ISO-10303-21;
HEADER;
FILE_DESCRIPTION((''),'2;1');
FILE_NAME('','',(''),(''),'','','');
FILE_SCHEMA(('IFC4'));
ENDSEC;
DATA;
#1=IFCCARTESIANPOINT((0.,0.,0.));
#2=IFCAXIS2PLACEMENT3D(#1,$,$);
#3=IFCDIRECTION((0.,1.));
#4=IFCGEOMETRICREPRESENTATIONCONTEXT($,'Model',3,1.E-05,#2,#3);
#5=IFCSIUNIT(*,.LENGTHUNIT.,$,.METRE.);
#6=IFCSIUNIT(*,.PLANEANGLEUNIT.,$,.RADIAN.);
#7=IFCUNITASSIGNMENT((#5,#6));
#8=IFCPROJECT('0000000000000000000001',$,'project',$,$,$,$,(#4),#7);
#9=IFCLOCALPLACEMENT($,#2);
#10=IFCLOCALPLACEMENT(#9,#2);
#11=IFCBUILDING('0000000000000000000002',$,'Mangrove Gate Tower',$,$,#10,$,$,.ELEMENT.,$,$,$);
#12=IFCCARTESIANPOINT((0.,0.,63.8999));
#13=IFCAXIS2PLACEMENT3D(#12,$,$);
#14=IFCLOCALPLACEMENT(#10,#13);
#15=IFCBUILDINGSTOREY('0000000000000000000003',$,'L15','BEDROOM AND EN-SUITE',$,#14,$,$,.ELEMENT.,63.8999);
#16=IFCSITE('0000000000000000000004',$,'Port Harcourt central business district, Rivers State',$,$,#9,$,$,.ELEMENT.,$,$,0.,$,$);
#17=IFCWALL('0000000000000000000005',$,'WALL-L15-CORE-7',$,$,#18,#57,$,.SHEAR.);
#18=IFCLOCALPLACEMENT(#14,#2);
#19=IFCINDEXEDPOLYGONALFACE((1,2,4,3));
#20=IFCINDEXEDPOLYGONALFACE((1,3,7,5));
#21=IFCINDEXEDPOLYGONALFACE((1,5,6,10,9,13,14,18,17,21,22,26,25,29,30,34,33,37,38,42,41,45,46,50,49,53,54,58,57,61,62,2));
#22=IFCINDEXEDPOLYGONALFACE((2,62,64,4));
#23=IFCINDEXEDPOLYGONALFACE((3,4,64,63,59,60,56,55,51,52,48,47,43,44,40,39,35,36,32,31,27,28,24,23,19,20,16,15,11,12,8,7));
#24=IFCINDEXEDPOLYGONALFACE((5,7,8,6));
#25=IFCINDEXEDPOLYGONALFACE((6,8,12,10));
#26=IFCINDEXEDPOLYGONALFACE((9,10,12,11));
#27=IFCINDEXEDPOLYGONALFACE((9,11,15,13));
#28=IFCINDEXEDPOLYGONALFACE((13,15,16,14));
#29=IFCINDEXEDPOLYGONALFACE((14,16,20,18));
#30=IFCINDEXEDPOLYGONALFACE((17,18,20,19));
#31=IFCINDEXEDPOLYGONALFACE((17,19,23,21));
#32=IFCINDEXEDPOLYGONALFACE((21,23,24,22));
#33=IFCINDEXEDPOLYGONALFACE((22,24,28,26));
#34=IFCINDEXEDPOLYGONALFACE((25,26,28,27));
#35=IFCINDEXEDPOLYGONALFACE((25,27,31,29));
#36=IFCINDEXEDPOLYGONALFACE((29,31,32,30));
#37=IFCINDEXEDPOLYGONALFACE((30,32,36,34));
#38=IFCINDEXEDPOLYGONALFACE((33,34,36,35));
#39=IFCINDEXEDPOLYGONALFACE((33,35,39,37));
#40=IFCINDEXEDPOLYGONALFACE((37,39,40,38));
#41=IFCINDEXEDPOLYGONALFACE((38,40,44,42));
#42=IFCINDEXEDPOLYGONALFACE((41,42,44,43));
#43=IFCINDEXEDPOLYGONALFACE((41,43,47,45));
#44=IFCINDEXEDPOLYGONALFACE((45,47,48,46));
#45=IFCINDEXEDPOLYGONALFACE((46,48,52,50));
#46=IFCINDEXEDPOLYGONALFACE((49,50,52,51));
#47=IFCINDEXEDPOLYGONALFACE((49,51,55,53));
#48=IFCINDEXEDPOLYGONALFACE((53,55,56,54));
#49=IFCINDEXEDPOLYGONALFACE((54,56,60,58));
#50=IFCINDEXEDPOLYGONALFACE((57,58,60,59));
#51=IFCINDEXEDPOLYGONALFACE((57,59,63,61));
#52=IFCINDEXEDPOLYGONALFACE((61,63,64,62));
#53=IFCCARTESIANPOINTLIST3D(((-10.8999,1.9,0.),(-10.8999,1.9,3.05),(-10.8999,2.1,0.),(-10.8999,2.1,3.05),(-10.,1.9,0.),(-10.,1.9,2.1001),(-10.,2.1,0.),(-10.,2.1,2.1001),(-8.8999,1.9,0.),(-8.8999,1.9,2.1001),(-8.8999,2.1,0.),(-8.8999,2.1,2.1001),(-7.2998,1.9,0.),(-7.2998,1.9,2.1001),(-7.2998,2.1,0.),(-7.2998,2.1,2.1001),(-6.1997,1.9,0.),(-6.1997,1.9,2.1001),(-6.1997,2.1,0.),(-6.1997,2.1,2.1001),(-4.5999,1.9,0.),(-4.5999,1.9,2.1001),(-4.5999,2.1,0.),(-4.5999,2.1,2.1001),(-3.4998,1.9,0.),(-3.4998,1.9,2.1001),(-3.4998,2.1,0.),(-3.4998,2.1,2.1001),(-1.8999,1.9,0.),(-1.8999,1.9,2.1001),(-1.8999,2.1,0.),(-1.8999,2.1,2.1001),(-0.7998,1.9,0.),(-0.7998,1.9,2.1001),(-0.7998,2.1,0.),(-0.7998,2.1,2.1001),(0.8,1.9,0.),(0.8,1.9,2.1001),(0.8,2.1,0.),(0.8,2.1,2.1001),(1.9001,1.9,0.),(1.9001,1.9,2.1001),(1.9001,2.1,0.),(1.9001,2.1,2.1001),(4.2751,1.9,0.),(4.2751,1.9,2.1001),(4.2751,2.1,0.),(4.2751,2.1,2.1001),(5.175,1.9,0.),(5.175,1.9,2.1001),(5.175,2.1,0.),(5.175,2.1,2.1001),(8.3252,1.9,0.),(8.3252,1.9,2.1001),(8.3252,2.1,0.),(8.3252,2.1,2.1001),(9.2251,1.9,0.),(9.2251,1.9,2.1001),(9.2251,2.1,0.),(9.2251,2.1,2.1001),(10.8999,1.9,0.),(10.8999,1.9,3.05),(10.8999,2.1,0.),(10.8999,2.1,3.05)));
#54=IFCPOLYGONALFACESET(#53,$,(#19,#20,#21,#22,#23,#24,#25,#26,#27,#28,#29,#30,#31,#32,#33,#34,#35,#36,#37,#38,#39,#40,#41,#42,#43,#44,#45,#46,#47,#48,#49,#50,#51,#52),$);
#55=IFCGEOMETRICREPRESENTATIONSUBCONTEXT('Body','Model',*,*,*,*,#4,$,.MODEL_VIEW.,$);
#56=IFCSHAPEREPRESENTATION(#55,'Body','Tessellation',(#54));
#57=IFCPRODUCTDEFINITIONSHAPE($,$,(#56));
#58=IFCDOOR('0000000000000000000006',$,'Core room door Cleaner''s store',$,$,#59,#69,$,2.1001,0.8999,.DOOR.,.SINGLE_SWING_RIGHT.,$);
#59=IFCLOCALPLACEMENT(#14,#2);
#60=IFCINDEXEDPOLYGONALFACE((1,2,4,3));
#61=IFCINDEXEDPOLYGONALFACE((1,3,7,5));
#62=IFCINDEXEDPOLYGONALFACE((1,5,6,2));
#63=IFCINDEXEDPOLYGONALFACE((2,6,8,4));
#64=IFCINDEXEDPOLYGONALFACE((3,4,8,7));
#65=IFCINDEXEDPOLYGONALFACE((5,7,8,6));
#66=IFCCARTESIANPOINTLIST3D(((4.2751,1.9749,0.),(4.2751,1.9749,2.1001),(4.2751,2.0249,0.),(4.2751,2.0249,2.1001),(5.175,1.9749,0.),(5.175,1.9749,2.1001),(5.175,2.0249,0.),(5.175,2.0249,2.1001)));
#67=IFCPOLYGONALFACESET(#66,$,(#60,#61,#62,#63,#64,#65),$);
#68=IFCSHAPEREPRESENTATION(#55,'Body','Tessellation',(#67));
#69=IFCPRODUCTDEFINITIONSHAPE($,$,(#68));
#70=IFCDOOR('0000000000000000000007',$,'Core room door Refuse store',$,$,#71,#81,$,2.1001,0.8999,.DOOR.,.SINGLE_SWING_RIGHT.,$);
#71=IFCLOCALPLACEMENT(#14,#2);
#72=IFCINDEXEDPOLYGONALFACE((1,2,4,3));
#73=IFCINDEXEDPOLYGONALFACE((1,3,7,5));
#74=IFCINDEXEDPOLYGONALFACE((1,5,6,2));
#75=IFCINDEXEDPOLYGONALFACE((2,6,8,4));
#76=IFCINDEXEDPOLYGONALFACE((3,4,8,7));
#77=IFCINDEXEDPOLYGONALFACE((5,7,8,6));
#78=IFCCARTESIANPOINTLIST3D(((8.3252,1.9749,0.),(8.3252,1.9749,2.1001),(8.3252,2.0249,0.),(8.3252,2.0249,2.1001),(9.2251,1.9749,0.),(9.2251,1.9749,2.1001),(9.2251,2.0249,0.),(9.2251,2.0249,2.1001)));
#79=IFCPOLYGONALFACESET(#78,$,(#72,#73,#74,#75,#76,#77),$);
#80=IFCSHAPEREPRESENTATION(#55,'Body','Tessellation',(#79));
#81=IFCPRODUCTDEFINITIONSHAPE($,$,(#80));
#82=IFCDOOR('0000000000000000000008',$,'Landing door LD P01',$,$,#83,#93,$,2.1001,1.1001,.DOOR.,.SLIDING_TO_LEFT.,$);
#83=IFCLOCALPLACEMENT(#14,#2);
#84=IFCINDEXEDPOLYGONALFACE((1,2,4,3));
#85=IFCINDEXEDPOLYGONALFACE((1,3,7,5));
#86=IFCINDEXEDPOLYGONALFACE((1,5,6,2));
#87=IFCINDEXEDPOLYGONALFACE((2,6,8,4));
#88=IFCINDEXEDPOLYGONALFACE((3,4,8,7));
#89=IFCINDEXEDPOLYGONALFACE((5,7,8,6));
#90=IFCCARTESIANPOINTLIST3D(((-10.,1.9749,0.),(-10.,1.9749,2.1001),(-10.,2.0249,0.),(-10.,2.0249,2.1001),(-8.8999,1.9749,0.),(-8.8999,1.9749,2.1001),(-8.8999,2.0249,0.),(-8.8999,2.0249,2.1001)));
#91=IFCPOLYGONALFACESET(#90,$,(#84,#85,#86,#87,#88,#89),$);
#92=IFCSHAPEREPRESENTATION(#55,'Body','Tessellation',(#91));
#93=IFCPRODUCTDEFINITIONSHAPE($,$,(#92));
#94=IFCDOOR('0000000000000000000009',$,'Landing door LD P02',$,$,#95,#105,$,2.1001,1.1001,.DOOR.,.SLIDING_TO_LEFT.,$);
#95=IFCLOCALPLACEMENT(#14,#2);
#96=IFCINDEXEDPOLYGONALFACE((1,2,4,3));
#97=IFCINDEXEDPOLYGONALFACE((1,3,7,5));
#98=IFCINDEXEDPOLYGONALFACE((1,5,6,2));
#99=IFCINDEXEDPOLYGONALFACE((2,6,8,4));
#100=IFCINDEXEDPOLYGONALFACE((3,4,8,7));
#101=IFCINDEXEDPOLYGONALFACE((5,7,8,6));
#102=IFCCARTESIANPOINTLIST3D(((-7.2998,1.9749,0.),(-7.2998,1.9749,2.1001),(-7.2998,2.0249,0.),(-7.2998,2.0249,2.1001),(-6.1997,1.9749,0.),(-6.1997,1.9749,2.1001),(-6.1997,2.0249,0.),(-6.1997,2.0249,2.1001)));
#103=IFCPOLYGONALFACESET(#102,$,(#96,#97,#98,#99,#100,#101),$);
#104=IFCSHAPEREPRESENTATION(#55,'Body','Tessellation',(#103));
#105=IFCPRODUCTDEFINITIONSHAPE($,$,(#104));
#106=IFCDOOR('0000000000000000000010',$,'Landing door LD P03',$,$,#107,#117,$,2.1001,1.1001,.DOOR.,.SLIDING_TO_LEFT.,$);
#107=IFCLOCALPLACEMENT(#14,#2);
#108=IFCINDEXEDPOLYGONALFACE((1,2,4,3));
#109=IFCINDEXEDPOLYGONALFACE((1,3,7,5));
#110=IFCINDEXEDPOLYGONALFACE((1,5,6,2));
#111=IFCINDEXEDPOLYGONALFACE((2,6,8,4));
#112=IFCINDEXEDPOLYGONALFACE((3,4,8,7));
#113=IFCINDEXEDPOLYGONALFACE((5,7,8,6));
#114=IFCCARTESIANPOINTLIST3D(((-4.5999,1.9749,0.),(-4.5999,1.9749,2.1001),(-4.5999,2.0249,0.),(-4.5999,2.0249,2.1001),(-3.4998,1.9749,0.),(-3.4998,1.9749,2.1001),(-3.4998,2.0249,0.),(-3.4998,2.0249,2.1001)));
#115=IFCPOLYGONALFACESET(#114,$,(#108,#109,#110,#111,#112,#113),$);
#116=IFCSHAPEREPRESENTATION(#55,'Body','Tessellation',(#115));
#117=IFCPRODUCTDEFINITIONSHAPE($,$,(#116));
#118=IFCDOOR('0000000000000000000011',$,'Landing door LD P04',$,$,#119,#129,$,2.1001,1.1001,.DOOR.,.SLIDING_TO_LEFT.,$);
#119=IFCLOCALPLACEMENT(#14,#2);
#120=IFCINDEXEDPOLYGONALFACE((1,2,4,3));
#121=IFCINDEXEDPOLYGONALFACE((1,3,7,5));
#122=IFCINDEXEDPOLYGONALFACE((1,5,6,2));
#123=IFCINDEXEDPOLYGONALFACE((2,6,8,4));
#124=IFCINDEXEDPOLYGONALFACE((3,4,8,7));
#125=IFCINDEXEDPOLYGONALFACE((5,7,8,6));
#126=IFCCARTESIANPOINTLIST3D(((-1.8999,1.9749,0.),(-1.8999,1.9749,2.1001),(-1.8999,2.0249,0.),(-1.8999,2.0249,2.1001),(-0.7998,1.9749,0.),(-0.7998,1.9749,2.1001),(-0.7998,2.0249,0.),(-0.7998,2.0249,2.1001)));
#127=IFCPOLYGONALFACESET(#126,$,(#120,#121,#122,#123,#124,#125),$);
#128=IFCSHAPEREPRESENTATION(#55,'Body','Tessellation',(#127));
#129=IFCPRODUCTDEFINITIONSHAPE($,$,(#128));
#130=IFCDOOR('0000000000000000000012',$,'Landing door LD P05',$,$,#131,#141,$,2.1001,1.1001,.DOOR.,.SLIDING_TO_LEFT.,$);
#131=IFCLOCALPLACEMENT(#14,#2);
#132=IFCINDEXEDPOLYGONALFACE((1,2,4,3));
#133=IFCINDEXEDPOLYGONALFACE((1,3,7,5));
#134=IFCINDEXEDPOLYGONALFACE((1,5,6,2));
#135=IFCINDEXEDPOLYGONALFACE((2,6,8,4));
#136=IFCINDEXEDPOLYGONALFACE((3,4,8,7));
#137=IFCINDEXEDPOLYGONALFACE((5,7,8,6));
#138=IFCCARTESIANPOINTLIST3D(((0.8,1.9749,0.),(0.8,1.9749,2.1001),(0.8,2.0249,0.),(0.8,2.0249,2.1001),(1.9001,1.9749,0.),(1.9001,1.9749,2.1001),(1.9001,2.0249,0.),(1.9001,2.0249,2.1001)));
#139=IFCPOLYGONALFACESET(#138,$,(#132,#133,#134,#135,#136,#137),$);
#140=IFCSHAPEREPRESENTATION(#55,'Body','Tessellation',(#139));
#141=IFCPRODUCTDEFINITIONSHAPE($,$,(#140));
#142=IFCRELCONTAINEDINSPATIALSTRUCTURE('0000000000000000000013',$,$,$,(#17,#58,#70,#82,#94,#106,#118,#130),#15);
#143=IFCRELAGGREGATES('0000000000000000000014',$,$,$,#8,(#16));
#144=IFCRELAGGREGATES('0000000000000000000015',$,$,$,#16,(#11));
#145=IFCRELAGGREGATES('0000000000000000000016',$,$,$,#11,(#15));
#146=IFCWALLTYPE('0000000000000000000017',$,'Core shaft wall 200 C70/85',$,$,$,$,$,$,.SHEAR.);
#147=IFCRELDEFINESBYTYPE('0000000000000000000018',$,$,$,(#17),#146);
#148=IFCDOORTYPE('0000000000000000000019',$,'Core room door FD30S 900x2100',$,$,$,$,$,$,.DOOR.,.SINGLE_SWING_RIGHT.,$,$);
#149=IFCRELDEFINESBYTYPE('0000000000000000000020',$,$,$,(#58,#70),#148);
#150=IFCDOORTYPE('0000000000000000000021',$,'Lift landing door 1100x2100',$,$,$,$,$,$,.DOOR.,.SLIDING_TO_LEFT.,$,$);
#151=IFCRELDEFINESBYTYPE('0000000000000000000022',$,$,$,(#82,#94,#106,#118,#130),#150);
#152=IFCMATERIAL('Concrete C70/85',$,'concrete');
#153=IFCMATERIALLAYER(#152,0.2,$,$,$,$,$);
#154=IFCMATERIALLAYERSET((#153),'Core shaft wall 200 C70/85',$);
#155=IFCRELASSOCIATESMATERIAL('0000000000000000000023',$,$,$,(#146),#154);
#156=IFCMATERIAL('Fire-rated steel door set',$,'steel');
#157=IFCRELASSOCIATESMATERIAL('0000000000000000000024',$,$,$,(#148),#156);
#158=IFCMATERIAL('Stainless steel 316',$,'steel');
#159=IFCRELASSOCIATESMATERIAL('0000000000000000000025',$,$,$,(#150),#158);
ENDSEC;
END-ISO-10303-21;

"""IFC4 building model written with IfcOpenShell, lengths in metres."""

from ifc_helpers import new_model, si_unit, direction, frame, frame_2d, origin, place, context, subcontext, project, spatial, rectangle, extrude, material, layer, layer_set, type_object, element, fill, save


model = new_model("IFC4")

# Units and contexts
model_context = context("Model", 3, precision=1e-05, world=origin(), true_north=direction((0.0, 1.0)))
body_context = subcontext(model_context, "Body", "Model", "MODEL_VIEW")
ifc_project = project(units=[si_unit("LENGTHUNIT", "METRE"), si_unit("PLANEANGLEUNIT", "RADIAN")], contexts=[model_context])

# Site, building, storey
site_placement = place(None, origin())
site = spatial("IfcSite", under=ifc_project, at=site_placement, Name="Port Harcourt central business district, Rivers State", CompositionType="ELEMENT", RefElevation=0.0)
building_placement = place(site_placement, origin())
building = spatial("IfcBuilding", under=site, at=building_placement, Name="Mangrove Gate Tower", CompositionType="ELEMENT")
storey_placement = place(building_placement, frame((0.0, 0.0, 63.8999)))
storey = spatial("IfcBuildingStorey", under=building, at=storey_placement, Name="L15", Description="BEDROOM AND EN-SUITE", CompositionType="ELEMENT", Elevation=63.8999)

# Wall, openings, doors
ifc_material_1 = material(Name="Concrete C70/85", Category="concrete")
ifc_layer_1 = layer(ifc_material_1, 0.2)
ifc_layer_set_1 = layer_set([ifc_layer_1], Name="Core shaft wall 200 C70/85")
wall_type_1 = type_object("IfcWallType", Name="Core shaft wall 200 C70/85", PredefinedType="SHEAR", material=ifc_layer_set_1)
wall_1_placement = place(storey_placement, frame((-10.8999, 2.0, 0.0), z_axis=(0.0, 0.0, 1.0), x_axis=(1.0, 0.0, 0.0)))
wall_1 = element("IfcWall", 1, at=wall_1_placement, inside=storey, type_object=wall_type_1, Name="WALL-L15-CORE-7", PredefinedType="SHEAR", context=body_context, shape_type="SweptSolid", body=[
    extrude(rectangle(XDim=21.7998, YDim=0.2, at=frame_2d((10.8999, 0.0))), origin(), (0.0, 0.0, 1.0), 3.05),
])
opening_1_placement = place(wall_1_placement, frame((0.8999, 0.0, 0.0)))
opening_1 = element("IfcOpeningElement", 2, at=opening_1_placement, cuts=wall_1, PredefinedType="OPENING", context=body_context, shape_type="SweptSolid", body=[
    extrude(rectangle(XDim=1.1001, YDim=2.1001, at=frame_2d((0.55, 1.05))), frame((0.0, 0.1099, 0.0), z_axis=(0.0, -1.0, 0.0), x_axis=(1.0, 0.0, 0.0)), (0.0, 0.0, 1.0), 0.22),
])
opening_2_placement = place(wall_1_placement, frame((3.6001, 0.0, 0.0)))
opening_2 = element("IfcOpeningElement", 3, at=opening_2_placement, cuts=wall_1, PredefinedType="OPENING", context=body_context, shape_type="SweptSolid", body=[
    extrude(rectangle(XDim=1.1001, YDim=2.1001, at=frame_2d((0.55, 1.05))), frame((0.0, 0.1099, 0.0), z_axis=(0.0, -1.0, 0.0), x_axis=(1.0, 0.0, 0.0)), (0.0, 0.0, 1.0), 0.22),
])
opening_3_placement = place(wall_1_placement, frame((6.3, 0.0, 0.0)))
opening_3 = element("IfcOpeningElement", 4, at=opening_3_placement, cuts=wall_1, PredefinedType="OPENING", context=body_context, shape_type="SweptSolid", body=[
    extrude(rectangle(XDim=1.1001, YDim=2.1001, at=frame_2d((0.55, 1.05))), frame((0.0, 0.1099, 0.0), z_axis=(0.0, -1.0, 0.0), x_axis=(1.0, 0.0, 0.0)), (0.0, 0.0, 1.0), 0.22),
])
opening_4_placement = place(wall_1_placement, frame((9.0, 0.0, 0.0)))
opening_4 = element("IfcOpeningElement", 5, at=opening_4_placement, cuts=wall_1, PredefinedType="OPENING", context=body_context, shape_type="SweptSolid", body=[
    extrude(rectangle(XDim=1.1001, YDim=2.1001, at=frame_2d((0.55, 1.05))), frame((0.0, 0.1099, 0.0), z_axis=(0.0, -1.0, 0.0), x_axis=(1.0, 0.0, 0.0)), (0.0, 0.0, 1.0), 0.22),
])
opening_5_placement = place(wall_1_placement, frame((11.7, 0.0, 0.0)))
opening_5 = element("IfcOpeningElement", 6, at=opening_5_placement, cuts=wall_1, PredefinedType="OPENING", context=body_context, shape_type="SweptSolid", body=[
    extrude(rectangle(XDim=1.1001, YDim=2.1001, at=frame_2d((0.55, 1.05))), frame((0.0, 0.1099, 0.0), z_axis=(0.0, -1.0, 0.0), x_axis=(1.0, 0.0, 0.0)), (0.0, 0.0, 1.0), 0.22),
])
opening_6_placement = place(wall_1_placement, frame((15.175, 0.0, 0.0)))
opening_6 = element("IfcOpeningElement", 7, at=opening_6_placement, cuts=wall_1, PredefinedType="OPENING", context=body_context, shape_type="SweptSolid", body=[
    extrude(rectangle(XDim=0.8999, YDim=2.1001, at=frame_2d((0.45, 1.05))), frame((0.0, 0.1099, 0.0), z_axis=(0.0, -1.0, 0.0), x_axis=(1.0, 0.0, 0.0)), (0.0, 0.0, 1.0), 0.22),
])
opening_7_placement = place(wall_1_placement, frame((19.2251, 0.0, 0.0)))
opening_7 = element("IfcOpeningElement", 8, at=opening_7_placement, cuts=wall_1, PredefinedType="OPENING", context=body_context, shape_type="SweptSolid", body=[
    extrude(rectangle(XDim=0.8999, YDim=2.1001, at=frame_2d((0.45, 1.05))), frame((0.0, 0.1099, 0.0), z_axis=(0.0, -1.0, 0.0), x_axis=(1.0, 0.0, 0.0)), (0.0, 0.0, 1.0), 0.22),
])
ifc_material_2 = material(Name="Fire-rated steel door set", Category="steel")
door_type_1 = type_object("IfcDoorType", Name="Core room door FD30S 900x2100", OperationType="SINGLE_SWING_RIGHT", PredefinedType="DOOR", material=ifc_material_2)
door_1_placement = place(opening_6_placement, origin())
door_1 = element("IfcDoor", 9, at=door_1_placement, inside=storey, type_object=door_type_1, Name="Core room door Cleaner's store", OperationType="SINGLE_SWING_RIGHT", OverallHeight=2.1001, OverallWidth=0.8999, PredefinedType="DOOR", context=body_context, shape_type="SweptSolid", body=[
    extrude(rectangle(XDim=0.8999, YDim=2.1001, at=frame_2d((0.45, 1.05))), frame((0.0, 0.0249, 0.0), z_axis=(0.0, -1.0, 0.0), x_axis=(1.0, 0.0, 0.0)), (0.0, 0.0, 1.0), 0.05),
])
fill(opening_6, door_1)
door_2_placement = place(opening_7_placement, origin())
door_2 = element("IfcDoor", 10, at=door_2_placement, inside=storey, type_object=door_type_1, Name="Core room door Refuse store", OperationType="SINGLE_SWING_RIGHT", OverallHeight=2.1001, OverallWidth=0.8999, PredefinedType="DOOR", context=body_context, shape_type="SweptSolid", body=[
    extrude(rectangle(XDim=0.8999, YDim=2.1001, at=frame_2d((0.45, 1.05))), frame((0.0, 0.0249, 0.0), z_axis=(0.0, -1.0, 0.0), x_axis=(1.0, 0.0, 0.0)), (0.0, 0.0, 1.0), 0.05),
])
fill(opening_7, door_2)
ifc_material_3 = material(Name="Stainless steel 316", Category="steel")
door_type_2 = type_object("IfcDoorType", Name="Lift landing door 1100x2100", OperationType="SLIDING_TO_LEFT", PredefinedType="DOOR", material=ifc_material_3)
door_3_placement = place(opening_1_placement, origin())
door_3 = element("IfcDoor", 11, at=door_3_placement, inside=storey, type_object=door_type_2, Name="Landing door LD P01", OperationType="SLIDING_TO_LEFT", OverallHeight=2.1001, OverallWidth=1.1001, PredefinedType="DOOR", context=body_context, shape_type="SweptSolid", body=[
    extrude(rectangle(XDim=1.1001, YDim=2.1001, at=frame_2d((0.55, 1.05))), frame((0.0, 0.0249, 0.0), z_axis=(0.0, -1.0, 0.0), x_axis=(1.0, 0.0, 0.0)), (0.0, 0.0, 1.0), 0.05),
])
fill(opening_1, door_3)
door_4_placement = place(opening_2_placement, origin())
door_4 = element("IfcDoor", 12, at=door_4_placement, inside=storey, type_object=door_type_2, Name="Landing door LD P02", OperationType="SLIDING_TO_LEFT", OverallHeight=2.1001, OverallWidth=1.1001, PredefinedType="DOOR", context=body_context, shape_type="SweptSolid", body=[
    extrude(rectangle(XDim=1.1001, YDim=2.1001, at=frame_2d((0.55, 1.05))), frame((0.0, 0.0249, 0.0), z_axis=(0.0, -1.0, 0.0), x_axis=(1.0, 0.0, 0.0)), (0.0, 0.0, 1.0), 0.05),
])
fill(opening_2, door_4)
door_5_placement = place(opening_3_placement, origin())
door_5 = element("IfcDoor", 13, at=door_5_placement, inside=storey, type_object=door_type_2, Name="Landing door LD P03", OperationType="SLIDING_TO_LEFT", OverallHeight=2.1001, OverallWidth=1.1001, PredefinedType="DOOR", context=body_context, shape_type="SweptSolid", body=[
    extrude(rectangle(XDim=1.1001, YDim=2.1001, at=frame_2d((0.55, 1.05))), frame((0.0, 0.0249, 0.0), z_axis=(0.0, -1.0, 0.0), x_axis=(1.0, 0.0, 0.0)), (0.0, 0.0, 1.0), 0.05),
])
fill(opening_3, door_5)
door_6_placement = place(opening_4_placement, origin())
door_6 = element("IfcDoor", 14, at=door_6_placement, inside=storey, type_object=door_type_2, Name="Landing door LD P04", OperationType="SLIDING_TO_LEFT", OverallHeight=2.1001, OverallWidth=1.1001, PredefinedType="DOOR", context=body_context, shape_type="SweptSolid", body=[
    extrude(rectangle(XDim=1.1001, YDim=2.1001, at=frame_2d((0.55, 1.05))), frame((0.0, 0.0249, 0.0), z_axis=(0.0, -1.0, 0.0), x_axis=(1.0, 0.0, 0.0)), (0.0, 0.0, 1.0), 0.05),
])
fill(opening_4, door_6)
door_7_placement = place(opening_5_placement, origin())
door_7 = element("IfcDoor", 15, at=door_7_placement, inside=storey, type_object=door_type_2, Name="Landing door LD P05", OperationType="SLIDING_TO_LEFT", OverallHeight=2.1001, OverallWidth=1.1001, PredefinedType="DOOR", context=body_context, shape_type="SweptSolid", body=[
    extrude(rectangle(XDim=1.1001, YDim=2.1001, at=frame_2d((0.55, 1.05))), frame((0.0, 0.0249, 0.0), z_axis=(0.0, -1.0, 0.0), x_axis=(1.0, 0.0, 0.0)), (0.0, 0.0, 1.0), 0.05),
])
fill(opening_5, door_7)

save(model, "model.ifc")
